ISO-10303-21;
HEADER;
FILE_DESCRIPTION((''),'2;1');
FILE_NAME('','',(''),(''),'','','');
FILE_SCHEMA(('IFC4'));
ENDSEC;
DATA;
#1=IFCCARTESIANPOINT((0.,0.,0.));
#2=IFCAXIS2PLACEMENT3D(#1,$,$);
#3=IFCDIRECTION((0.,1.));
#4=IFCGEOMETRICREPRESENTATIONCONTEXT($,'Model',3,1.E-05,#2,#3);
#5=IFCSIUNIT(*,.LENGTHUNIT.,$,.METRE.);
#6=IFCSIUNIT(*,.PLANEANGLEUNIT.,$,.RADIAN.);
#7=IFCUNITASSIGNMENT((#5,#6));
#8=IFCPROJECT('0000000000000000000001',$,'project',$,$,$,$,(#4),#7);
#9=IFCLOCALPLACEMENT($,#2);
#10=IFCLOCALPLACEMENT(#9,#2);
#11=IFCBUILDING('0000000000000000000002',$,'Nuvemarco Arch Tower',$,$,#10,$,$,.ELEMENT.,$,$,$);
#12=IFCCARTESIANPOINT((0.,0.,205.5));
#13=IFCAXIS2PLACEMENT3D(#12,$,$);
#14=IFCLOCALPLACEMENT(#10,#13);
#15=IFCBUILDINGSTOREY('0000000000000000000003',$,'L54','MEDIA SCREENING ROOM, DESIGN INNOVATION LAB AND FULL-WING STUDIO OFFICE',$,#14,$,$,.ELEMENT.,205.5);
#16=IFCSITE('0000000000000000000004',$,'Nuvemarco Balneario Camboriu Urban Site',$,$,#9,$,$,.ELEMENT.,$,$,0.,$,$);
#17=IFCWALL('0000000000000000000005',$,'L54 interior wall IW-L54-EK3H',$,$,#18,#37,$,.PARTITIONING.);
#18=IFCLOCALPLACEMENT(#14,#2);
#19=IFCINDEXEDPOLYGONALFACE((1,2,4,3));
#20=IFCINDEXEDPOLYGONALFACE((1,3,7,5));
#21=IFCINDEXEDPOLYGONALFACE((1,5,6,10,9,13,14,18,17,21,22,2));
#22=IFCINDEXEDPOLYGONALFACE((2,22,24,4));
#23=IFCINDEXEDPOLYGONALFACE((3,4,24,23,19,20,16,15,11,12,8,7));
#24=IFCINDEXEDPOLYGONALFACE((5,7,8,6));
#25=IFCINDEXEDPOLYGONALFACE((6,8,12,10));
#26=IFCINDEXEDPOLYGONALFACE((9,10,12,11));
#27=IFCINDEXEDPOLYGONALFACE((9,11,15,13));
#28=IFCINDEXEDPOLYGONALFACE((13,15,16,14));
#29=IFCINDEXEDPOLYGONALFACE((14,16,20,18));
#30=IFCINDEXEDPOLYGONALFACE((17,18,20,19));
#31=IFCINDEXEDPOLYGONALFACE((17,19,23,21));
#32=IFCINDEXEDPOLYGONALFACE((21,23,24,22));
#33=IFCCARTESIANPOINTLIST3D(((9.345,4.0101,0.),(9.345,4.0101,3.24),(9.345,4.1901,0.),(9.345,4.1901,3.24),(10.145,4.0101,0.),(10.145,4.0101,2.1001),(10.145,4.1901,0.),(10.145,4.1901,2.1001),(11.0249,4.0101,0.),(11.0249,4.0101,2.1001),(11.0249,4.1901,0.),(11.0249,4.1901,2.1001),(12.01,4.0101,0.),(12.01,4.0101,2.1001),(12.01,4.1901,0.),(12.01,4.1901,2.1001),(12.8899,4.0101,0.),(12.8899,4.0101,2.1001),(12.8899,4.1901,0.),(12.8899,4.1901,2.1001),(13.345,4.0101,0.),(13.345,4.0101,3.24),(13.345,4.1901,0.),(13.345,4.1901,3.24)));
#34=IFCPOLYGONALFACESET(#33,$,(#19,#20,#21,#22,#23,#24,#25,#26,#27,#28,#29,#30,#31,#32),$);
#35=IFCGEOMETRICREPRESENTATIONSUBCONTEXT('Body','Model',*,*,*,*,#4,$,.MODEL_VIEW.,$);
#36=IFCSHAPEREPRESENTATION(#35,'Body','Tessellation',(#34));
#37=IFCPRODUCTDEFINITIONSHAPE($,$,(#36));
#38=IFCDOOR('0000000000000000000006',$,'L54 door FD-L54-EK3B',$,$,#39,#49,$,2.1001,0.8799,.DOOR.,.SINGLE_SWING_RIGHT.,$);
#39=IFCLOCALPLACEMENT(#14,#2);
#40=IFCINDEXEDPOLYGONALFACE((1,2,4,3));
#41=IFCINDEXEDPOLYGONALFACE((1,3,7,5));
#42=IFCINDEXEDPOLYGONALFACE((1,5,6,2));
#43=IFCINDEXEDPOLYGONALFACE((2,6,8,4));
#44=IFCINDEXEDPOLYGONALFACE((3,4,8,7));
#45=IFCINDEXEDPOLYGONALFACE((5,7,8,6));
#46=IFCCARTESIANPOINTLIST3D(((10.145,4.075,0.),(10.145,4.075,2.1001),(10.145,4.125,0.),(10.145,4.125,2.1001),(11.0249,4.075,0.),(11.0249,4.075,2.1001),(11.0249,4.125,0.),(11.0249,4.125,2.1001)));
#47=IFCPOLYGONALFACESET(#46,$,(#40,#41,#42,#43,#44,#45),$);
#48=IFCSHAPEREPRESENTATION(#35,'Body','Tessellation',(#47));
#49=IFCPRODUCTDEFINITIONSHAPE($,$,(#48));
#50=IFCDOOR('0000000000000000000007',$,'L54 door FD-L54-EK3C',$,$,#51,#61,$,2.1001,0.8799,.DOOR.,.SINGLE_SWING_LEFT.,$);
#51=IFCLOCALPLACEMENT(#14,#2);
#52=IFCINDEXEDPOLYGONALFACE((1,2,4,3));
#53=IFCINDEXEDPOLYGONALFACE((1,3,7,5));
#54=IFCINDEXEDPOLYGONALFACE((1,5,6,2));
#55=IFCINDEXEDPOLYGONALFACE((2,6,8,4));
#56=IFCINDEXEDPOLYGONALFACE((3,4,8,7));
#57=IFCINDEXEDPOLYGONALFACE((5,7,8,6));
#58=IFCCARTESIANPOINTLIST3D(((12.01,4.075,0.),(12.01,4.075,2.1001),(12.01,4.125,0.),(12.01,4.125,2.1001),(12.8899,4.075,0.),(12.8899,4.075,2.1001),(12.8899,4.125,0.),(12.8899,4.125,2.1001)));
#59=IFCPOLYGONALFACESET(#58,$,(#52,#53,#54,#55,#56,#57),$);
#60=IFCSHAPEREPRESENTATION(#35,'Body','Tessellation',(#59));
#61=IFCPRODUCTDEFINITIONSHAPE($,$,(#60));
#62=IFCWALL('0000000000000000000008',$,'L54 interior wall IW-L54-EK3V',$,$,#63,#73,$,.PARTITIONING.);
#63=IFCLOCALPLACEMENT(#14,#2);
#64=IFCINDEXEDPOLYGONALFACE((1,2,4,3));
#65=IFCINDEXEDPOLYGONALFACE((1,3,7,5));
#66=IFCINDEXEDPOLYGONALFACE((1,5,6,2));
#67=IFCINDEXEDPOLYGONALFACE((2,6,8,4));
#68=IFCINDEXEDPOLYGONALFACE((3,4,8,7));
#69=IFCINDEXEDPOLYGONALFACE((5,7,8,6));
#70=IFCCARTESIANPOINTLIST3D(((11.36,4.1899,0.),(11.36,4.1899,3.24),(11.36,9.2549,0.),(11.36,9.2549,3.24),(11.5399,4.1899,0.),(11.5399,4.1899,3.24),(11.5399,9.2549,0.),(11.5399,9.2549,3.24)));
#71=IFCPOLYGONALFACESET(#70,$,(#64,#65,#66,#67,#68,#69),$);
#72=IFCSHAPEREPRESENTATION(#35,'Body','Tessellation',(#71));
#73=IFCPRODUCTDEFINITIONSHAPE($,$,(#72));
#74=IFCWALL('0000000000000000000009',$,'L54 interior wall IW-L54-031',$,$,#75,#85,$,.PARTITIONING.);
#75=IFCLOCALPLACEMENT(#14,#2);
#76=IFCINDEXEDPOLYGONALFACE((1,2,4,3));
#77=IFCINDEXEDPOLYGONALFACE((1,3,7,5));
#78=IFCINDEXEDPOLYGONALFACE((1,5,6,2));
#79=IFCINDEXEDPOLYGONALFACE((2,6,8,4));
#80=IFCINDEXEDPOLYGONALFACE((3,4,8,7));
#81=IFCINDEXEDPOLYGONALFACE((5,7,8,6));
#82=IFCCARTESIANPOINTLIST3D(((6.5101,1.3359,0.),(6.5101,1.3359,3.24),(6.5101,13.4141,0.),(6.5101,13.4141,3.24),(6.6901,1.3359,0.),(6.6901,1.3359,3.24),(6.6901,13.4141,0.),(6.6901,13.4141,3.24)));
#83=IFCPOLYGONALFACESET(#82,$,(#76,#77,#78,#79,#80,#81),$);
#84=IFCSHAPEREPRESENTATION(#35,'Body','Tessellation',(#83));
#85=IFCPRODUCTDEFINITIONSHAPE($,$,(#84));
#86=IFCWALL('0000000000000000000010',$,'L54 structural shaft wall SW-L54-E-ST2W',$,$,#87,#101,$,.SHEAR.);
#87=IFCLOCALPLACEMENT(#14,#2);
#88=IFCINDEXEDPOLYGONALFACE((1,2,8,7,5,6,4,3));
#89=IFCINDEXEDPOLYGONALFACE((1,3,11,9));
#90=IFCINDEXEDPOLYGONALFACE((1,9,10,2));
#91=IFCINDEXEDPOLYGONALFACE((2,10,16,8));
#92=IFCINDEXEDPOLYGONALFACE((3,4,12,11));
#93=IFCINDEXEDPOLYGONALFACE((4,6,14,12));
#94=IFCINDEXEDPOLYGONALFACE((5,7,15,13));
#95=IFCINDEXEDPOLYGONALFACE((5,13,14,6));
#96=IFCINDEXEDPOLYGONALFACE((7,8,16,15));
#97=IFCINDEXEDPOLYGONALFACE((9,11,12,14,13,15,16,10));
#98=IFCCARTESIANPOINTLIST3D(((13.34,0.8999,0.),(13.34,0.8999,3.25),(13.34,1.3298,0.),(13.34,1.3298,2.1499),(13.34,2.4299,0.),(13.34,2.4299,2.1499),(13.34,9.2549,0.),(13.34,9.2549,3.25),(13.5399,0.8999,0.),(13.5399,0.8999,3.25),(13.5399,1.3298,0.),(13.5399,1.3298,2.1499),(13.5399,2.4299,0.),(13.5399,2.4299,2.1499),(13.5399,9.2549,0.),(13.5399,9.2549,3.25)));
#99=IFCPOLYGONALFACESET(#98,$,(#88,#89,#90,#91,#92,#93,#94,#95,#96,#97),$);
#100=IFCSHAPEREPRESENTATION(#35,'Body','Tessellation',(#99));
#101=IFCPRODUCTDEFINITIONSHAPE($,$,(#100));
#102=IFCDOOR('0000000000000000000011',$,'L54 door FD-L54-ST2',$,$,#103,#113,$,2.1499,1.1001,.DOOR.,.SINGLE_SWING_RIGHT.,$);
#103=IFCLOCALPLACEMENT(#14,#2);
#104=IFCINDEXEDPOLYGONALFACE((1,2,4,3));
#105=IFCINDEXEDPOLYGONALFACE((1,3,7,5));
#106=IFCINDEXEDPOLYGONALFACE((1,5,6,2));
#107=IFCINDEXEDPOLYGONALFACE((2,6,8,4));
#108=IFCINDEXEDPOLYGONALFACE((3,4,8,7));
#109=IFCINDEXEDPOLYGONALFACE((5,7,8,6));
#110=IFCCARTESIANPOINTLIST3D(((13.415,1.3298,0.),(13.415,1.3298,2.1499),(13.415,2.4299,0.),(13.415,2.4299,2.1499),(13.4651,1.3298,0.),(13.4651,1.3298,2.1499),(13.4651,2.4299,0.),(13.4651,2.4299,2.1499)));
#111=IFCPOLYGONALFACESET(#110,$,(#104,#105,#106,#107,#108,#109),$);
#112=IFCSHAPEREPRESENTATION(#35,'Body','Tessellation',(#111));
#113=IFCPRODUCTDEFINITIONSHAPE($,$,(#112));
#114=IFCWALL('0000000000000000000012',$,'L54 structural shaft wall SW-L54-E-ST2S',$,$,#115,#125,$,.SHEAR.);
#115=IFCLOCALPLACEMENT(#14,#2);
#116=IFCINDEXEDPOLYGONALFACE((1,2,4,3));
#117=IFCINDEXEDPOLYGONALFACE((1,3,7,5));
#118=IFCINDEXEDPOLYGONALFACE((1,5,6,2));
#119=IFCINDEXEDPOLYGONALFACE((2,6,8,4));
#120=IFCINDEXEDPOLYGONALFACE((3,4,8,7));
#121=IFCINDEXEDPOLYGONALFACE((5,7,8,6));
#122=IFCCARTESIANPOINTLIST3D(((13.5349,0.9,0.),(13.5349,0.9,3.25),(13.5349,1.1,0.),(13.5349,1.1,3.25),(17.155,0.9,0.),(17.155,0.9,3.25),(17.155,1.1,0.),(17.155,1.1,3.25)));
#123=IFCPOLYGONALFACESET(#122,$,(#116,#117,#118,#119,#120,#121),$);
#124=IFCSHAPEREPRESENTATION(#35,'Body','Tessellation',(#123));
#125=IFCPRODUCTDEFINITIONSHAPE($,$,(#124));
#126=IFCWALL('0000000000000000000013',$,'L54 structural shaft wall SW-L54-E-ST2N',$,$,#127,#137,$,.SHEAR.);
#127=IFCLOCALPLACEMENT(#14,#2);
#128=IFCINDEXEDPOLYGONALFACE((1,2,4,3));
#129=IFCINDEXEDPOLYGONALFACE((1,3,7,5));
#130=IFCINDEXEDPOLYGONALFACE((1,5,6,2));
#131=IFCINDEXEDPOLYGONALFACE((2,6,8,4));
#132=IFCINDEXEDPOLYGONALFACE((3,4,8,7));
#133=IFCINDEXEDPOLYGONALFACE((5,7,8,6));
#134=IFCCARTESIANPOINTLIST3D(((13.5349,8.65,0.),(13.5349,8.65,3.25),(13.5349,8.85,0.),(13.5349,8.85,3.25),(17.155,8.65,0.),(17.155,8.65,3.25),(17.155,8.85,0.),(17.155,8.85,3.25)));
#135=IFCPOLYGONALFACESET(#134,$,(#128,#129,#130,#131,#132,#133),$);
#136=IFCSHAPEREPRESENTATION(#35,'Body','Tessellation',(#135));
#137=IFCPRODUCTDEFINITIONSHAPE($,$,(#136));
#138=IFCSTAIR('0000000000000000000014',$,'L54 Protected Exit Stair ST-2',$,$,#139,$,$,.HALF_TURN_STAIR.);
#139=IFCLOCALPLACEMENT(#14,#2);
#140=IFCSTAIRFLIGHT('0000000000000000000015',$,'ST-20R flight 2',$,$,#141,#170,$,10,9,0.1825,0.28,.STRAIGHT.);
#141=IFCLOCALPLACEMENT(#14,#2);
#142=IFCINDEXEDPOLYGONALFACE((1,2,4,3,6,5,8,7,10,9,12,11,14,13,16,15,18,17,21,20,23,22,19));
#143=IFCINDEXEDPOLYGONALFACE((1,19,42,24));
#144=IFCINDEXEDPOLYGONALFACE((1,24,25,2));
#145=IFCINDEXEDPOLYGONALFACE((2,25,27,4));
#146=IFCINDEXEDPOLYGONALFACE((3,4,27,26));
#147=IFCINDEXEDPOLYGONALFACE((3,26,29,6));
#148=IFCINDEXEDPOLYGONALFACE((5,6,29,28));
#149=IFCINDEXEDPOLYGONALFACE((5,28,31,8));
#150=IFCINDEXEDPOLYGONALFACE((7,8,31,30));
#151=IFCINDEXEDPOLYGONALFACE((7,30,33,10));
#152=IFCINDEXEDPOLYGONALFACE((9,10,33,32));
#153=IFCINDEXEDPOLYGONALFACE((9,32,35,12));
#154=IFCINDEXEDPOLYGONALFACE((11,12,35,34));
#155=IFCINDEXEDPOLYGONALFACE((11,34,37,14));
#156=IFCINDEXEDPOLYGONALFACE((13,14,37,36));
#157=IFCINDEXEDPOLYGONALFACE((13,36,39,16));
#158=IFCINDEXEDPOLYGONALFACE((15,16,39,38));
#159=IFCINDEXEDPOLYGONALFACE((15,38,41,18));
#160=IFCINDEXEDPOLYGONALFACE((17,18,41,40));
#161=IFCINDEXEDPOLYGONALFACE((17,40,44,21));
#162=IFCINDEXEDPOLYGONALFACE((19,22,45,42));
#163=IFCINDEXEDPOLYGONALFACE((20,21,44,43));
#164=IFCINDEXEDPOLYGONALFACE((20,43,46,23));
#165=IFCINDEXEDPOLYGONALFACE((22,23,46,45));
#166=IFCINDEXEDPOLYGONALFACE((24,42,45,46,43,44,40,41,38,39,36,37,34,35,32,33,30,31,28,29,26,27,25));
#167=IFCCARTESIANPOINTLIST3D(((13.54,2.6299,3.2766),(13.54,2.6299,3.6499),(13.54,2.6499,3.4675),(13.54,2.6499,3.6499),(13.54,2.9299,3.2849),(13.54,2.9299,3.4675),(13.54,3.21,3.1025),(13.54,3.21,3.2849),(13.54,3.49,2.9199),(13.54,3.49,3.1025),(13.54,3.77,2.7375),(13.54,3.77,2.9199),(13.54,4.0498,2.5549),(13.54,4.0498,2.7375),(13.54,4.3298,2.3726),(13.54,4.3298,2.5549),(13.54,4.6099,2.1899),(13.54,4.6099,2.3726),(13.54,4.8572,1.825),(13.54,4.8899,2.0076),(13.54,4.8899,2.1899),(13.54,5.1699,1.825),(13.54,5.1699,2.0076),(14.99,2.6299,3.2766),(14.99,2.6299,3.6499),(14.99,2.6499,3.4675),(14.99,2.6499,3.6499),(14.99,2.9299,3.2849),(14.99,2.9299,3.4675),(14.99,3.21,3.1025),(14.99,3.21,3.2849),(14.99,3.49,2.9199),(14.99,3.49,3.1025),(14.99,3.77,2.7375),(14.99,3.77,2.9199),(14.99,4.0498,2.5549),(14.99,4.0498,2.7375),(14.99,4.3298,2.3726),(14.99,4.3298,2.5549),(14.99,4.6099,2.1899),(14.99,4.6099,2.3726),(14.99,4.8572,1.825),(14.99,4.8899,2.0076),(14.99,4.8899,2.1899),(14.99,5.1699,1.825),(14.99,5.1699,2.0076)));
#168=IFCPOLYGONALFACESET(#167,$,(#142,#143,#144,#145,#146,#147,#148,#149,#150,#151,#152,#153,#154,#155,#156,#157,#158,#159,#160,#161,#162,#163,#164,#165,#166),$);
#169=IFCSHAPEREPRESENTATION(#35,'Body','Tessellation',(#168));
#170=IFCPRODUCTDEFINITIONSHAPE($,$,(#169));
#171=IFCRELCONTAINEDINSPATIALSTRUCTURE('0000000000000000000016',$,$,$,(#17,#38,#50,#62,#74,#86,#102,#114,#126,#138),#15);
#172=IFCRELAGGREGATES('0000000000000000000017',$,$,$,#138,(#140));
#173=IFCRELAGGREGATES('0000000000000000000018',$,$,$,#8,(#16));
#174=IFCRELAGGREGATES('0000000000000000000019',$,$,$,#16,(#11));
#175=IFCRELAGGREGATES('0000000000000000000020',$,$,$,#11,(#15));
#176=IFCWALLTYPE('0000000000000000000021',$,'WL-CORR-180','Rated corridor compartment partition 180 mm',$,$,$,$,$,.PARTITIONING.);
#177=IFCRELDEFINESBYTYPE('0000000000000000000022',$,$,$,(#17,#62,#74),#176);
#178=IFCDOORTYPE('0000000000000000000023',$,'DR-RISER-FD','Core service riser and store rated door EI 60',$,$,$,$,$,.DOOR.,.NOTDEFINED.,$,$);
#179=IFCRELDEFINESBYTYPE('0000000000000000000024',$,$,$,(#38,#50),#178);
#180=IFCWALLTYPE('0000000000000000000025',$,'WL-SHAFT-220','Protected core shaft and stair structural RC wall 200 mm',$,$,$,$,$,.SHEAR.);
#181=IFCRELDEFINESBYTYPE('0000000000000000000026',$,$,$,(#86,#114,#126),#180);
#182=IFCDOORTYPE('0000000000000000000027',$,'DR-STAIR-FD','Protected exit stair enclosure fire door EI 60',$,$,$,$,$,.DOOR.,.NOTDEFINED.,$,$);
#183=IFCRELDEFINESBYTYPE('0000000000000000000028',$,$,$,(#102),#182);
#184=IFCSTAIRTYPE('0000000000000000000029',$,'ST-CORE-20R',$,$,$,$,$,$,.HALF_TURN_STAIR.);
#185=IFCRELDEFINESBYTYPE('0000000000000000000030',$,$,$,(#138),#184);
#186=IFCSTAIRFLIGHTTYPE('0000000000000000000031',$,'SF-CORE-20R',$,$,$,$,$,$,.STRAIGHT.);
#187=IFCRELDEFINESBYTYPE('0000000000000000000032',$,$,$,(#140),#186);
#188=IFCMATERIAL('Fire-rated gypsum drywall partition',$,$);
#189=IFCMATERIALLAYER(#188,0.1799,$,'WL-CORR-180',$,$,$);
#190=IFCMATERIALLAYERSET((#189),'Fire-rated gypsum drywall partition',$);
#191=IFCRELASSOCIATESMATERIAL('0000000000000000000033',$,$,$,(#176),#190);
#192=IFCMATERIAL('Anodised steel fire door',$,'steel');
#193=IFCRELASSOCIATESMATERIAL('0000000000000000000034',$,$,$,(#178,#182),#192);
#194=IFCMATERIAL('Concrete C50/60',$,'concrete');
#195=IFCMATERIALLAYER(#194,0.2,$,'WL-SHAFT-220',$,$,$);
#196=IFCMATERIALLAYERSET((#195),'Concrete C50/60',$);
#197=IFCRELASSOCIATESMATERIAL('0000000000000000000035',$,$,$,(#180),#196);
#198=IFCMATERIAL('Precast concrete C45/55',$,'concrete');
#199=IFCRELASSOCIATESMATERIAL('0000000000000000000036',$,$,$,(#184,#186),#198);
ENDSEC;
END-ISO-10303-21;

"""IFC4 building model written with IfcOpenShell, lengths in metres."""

from ifc_helpers import new_model, si_unit, direction, frame, frame_2d, origin, place, context, subcontext, project, spatial, polyline, rectangle, outline, extrude, source, transform, mapped, material, layer, layer_set, type_object, type_shapes, element, fill, aggregate, save


model = new_model("IFC4")

# Units and contexts
model_context = context("Model", 3, precision=1e-05, world=origin(), true_north=direction((0.0, 1.0)))
body_context = subcontext(model_context, "Body", "Model", "MODEL_VIEW")
ifc_project = project(units=[si_unit("LENGTHUNIT", "METRE"), si_unit("PLANEANGLEUNIT", "RADIAN")], contexts=[model_context])

# Site, building, storey
site_placement = place(None, origin())
site = spatial("IfcSite", under=ifc_project, at=site_placement, Name="Nuvemarco Balneario Camboriu Urban Site", CompositionType="ELEMENT", RefElevation=0.0)
building_placement = place(site_placement, origin())
building = spatial("IfcBuilding", under=site, at=building_placement, Name="Nuvemarco Arch Tower", CompositionType="ELEMENT")
storey_placement = place(building_placement, frame((0.0, 0.0, 205.5)))
storey = spatial("IfcBuildingStorey", under=building, at=storey_placement, Name="L54", Description="MEDIA SCREENING ROOM, DESIGN INNOVATION LAB AND FULL-WING STUDIO OFFICE", CompositionType="ELEMENT", Elevation=205.5)

# Shared definitions
ifc_material_1 = material(Name="Concrete C50/60", Category="concrete")

# Shared definitions
ifc_material_2 = material(Name="Fire-rated gypsum drywall partition")
ifc_layer_1 = layer(ifc_material_2, 0.1799, Name="WL-CORR-180")
ifc_layer_set_1 = layer_set([ifc_layer_1], Name="Fire-rated gypsum drywall partition")
wall_type_1 = type_object("IfcWallType", Name="WL-CORR-180", Description="Rated corridor compartment partition 180 mm", PredefinedType="PARTITIONING", material=ifc_layer_set_1)
ifc_material_3 = material(Name="Anodised steel fire door", Category="steel")
door_type_1 = type_object("IfcDoorType", Name="DR-RISER-FD", Description="Core service riser and store rated door EI 60", OperationType="NOTDEFINED", PredefinedType="DOOR", material=ifc_material_3)
shared_shape_1 = source(origin(), body_context, "Body", "SweptSolid", [
    extrude(rectangle(XDim=0.8799, YDim=2.1001, at=frame_2d((0.4399, 1.05))), frame((0.0, 0.0249, 0.0), z_axis=(0.0, -1.0, 0.0), x_axis=(1.0, 0.0, 0.0)), (0.0, 0.0, 1.0), 0.05),
])
type_shapes(door_type_1, [shared_shape_1])

# Wall, openings, doors
wall_1_placement = place(storey_placement, frame((9.345, 4.1001, 0.0), z_axis=(0.0, 0.0, 1.0), x_axis=(1.0, 0.0, 0.0)))
wall_1 = element("IfcWall", 1, at=wall_1_placement, inside=storey, type_object=wall_type_1, Name="L54 interior wall IW-L54-EK3H", PredefinedType="PARTITIONING", context=body_context, shape_type="SweptSolid", body=[
    extrude(rectangle(XDim=4.0, YDim=0.1799, at=frame_2d((2.0, 0.0))), origin(), (0.0, 0.0, 1.0), 3.24),
])
opening_1_placement = place(wall_1_placement, frame((0.8, 0.0, 0.0)))
opening_1 = element("IfcOpeningElement", 2, at=opening_1_placement, cuts=wall_1, PredefinedType="OPENING", context=body_context, shape_type="SweptSolid", body=[
    extrude(rectangle(XDim=0.8799, YDim=2.1001, at=frame_2d((0.4399, 1.05))), frame((0.0, 0.0999, 0.0), z_axis=(0.0, -1.0, 0.0), x_axis=(1.0, 0.0, 0.0)), (0.0, 0.0, 1.0), 0.2),
])
opening_2_placement = place(wall_1_placement, frame((2.665, 0.0, 0.0)))
opening_2 = element("IfcOpeningElement", 3, at=opening_2_placement, cuts=wall_1, PredefinedType="OPENING", context=body_context, shape_type="SweptSolid", body=[
    extrude(rectangle(XDim=0.8799, YDim=2.1001, at=frame_2d((0.4399, 1.05))), frame((0.0, 0.0999, 0.0), z_axis=(0.0, -1.0, 0.0), x_axis=(1.0, 0.0, 0.0)), (0.0, 0.0, 1.0), 0.2),
])
door_1_placement = place(opening_1_placement, origin())
door_1 = element("IfcDoor", 4, at=door_1_placement, inside=storey, type_object=door_type_1, Name="L54 door FD-L54-EK3B", OperationType="SINGLE_SWING_RIGHT", OverallHeight=2.1001, OverallWidth=0.8799, PredefinedType="DOOR", context=body_context, shape_type="MappedRepresentation", body=[
    mapped(shared_shape_1, transform((0.0, 0.0, 0.0), scale=1.0)),
])
fill(opening_1, door_1)
door_2_placement = place(opening_2_placement, origin())
door_2 = element("IfcDoor", 5, at=door_2_placement, inside=storey, type_object=door_type_1, Name="L54 door FD-L54-EK3C", OperationType="SINGLE_SWING_LEFT", OverallHeight=2.1001, OverallWidth=0.8799, PredefinedType="DOOR", context=body_context, shape_type="MappedRepresentation", body=[
    mapped(shared_shape_1, transform((0.0, 0.0, 0.0), scale=1.0)),
])
fill(opening_2, door_2)

# Walls
wall_2_placement = place(storey_placement, frame((11.45, 4.1899, 0.0), z_axis=(0.0, 0.0, 1.0), x_axis=(0.0, 1.0, 0.0)))
element("IfcWall", 6, at=wall_2_placement, inside=storey, type_object=wall_type_1, Name="L54 interior wall IW-L54-EK3V", PredefinedType="PARTITIONING", context=body_context, shape_type="SweptSolid", body=[
    extrude(rectangle(XDim=5.0649, YDim=0.1799, at=frame_2d((2.5325, 0.0))), origin(), (0.0, 0.0, 1.0), 3.24),
])
wall_3_placement = place(storey_placement, frame((6.6001, 1.3359, 0.0), z_axis=(0.0, 0.0, 1.0), x_axis=(0.0, 1.0, 0.0)))
element("IfcWall", 7, at=wall_3_placement, inside=storey, type_object=wall_type_1, Name="L54 interior wall IW-L54-031", PredefinedType="PARTITIONING", context=body_context, shape_type="SweptSolid", body=[
    extrude(rectangle(XDim=12.0781, YDim=0.1799, at=frame_2d((6.0391, 0.0))), origin(), (0.0, 0.0, 1.0), 3.24),
])

# Wall, opening, door
ifc_layer_2 = layer(ifc_material_1, 0.2, Name="WL-SHAFT-220")
ifc_layer_set_2 = layer_set([ifc_layer_2], Name="Concrete C50/60")
wall_type_2 = type_object("IfcWallType", Name="WL-SHAFT-220", Description="Protected core shaft and stair structural RC wall 200 mm", PredefinedType="SHEAR", material=ifc_layer_set_2)
wall_4_placement = place(storey_placement, frame((13.4399, 0.8999, 0.0), z_axis=(0.0, 0.0, 1.0), x_axis=(0.0, 1.0, 0.0)))
wall_4 = element("IfcWall", 8, at=wall_4_placement, inside=storey, type_object=wall_type_2, Name="L54 structural shaft wall SW-L54-E-ST2W", PredefinedType="SHEAR", context=body_context, shape_type="SweptSolid", body=[
    extrude(rectangle(XDim=8.355, YDim=0.2, at=frame_2d((4.1775, 0.0))), origin(), (0.0, 0.0, 1.0), 3.25),
])
opening_3_placement = place(wall_4_placement, frame((0.4299, 0.0, 0.0)))
opening_3 = element("IfcOpeningElement", 9, at=opening_3_placement, cuts=wall_4, PredefinedType="OPENING", context=body_context, shape_type="SweptSolid", body=[
    extrude(rectangle(XDim=1.1001, YDim=2.1499, at=frame_2d((0.55, 1.075))), frame((0.0, 0.1099, 0.0), z_axis=(0.0, -1.0, 0.0), x_axis=(1.0, 0.0, 0.0)), (0.0, 0.0, 1.0), 0.22),
])
door_type_2 = type_object("IfcDoorType", Name="DR-STAIR-FD", Description="Protected exit stair enclosure fire door EI 60", OperationType="NOTDEFINED", PredefinedType="DOOR", material=ifc_material_3)
shared_shape_2 = source(origin(), body_context, "Body", "SweptSolid", [
    extrude(rectangle(XDim=1.1001, YDim=2.1499, at=frame_2d((0.55, 1.075))), frame((0.0, 0.0249, 0.0), z_axis=(0.0, -1.0, 0.0), x_axis=(1.0, 0.0, 0.0)), (0.0, 0.0, 1.0), 0.05),
])
type_shapes(door_type_2, [shared_shape_2])
door_3_placement = place(opening_3_placement, origin())
door_3 = element("IfcDoor", 10, at=door_3_placement, inside=storey, type_object=door_type_2, Name="L54 door FD-L54-ST2", OperationType="SINGLE_SWING_RIGHT", OverallHeight=2.1499, OverallWidth=1.1001, PredefinedType="DOOR", context=body_context, shape_type="MappedRepresentation", body=[
    mapped(shared_shape_2, transform((0.0, 0.0, 0.0), scale=1.0)),
])
fill(opening_3, door_3)

# Walls
for number, where, z_axis, x_axis, name in (
    (11, (13.5349, 1.0, 0.0), (0.0, 0.0, 1.0), (1.0, 0.0, 0.0), "L54 structural shaft wall SW-L54-E-ST2S"),
    (12, (13.5349, 8.75, 0.0), (0.0, 0.0, 1.0), (1.0, 0.0, 0.0), "L54 structural shaft wall SW-L54-E-ST2N"),
):
    element("IfcWall", number, at=place(storey_placement, frame(where, z_axis=z_axis, x_axis=x_axis)), inside=storey, type_object=wall_type_2, Name=name, PredefinedType="SHEAR", context=body_context, shape_type="SweptSolid", body=[
        extrude(rectangle(XDim=3.6201, YDim=0.2, at=frame_2d((1.8101, 0.0))), origin(), (0.0, 0.0, 1.0), 3.25),
    ])

# Stair, stair flight
ifc_material_4 = material(Name="Precast concrete C45/55", Category="concrete")
stair_type = type_object("IfcStairType", Name="ST-CORE-20R", PredefinedType="HALF_TURN_STAIR", material=ifc_material_4)
stair_placement = place(storey_placement, origin())
stair = element("IfcStair", 13, at=stair_placement, inside=storey, type_object=stair_type, Name="L54 Protected Exit Stair ST-2", PredefinedType="HALF_TURN_STAIR")
stair_flight_type = type_object("IfcStairFlightType", Name="SF-CORE-20R", PredefinedType="STRAIGHT", material=ifc_material_4)
stair_flight_placement = place(storey_placement, frame((14.2649, 5.1699, 1.825), z_axis=(0.0, 0.0, 1.0), x_axis=(0.0, -1.0, 0.0)))
stair_flight = element("IfcStairFlight", 14, at=stair_flight_placement, type_object=stair_flight_type, Name="ST-20R flight 2", NumberOfRisers=10, NumberOfTreads=9, PredefinedType="STRAIGHT", RiserHeight=0.1825, TreadLength=0.28, context=body_context, shape_type="SweptSolid", body=[
    extrude(outline(polyline([(0.0, 0.0), (0.0, 0.1826), (0.28, 0.1826), (0.28, 0.365), (0.5601, 0.365), (0.5601, 0.5476), (0.8401, 0.5476), (0.8401, 0.73), (1.1201, 0.73), (1.1201, 0.9126), (1.3999, 0.9126), (1.3999, 1.095), (1.6799, 1.095), (1.6799, 1.2776), (1.96, 1.2776), (1.96, 1.46), (2.24, 1.46), (2.24, 1.6426), (2.52, 1.6426), (2.52, 1.825), (2.54, 1.825), (2.54, 1.4517), (0.3127, 0.0), (0.0, 0.0)])), frame((0.0, 0.7251, 0.0), z_axis=(0.0, -1.0, 0.0), x_axis=(1.0, 0.0, 0.0)), (0.0, 0.0, 1.0), 1.45),
])
aggregate(stair, [stair_flight])

save(model, "model.ifc")
